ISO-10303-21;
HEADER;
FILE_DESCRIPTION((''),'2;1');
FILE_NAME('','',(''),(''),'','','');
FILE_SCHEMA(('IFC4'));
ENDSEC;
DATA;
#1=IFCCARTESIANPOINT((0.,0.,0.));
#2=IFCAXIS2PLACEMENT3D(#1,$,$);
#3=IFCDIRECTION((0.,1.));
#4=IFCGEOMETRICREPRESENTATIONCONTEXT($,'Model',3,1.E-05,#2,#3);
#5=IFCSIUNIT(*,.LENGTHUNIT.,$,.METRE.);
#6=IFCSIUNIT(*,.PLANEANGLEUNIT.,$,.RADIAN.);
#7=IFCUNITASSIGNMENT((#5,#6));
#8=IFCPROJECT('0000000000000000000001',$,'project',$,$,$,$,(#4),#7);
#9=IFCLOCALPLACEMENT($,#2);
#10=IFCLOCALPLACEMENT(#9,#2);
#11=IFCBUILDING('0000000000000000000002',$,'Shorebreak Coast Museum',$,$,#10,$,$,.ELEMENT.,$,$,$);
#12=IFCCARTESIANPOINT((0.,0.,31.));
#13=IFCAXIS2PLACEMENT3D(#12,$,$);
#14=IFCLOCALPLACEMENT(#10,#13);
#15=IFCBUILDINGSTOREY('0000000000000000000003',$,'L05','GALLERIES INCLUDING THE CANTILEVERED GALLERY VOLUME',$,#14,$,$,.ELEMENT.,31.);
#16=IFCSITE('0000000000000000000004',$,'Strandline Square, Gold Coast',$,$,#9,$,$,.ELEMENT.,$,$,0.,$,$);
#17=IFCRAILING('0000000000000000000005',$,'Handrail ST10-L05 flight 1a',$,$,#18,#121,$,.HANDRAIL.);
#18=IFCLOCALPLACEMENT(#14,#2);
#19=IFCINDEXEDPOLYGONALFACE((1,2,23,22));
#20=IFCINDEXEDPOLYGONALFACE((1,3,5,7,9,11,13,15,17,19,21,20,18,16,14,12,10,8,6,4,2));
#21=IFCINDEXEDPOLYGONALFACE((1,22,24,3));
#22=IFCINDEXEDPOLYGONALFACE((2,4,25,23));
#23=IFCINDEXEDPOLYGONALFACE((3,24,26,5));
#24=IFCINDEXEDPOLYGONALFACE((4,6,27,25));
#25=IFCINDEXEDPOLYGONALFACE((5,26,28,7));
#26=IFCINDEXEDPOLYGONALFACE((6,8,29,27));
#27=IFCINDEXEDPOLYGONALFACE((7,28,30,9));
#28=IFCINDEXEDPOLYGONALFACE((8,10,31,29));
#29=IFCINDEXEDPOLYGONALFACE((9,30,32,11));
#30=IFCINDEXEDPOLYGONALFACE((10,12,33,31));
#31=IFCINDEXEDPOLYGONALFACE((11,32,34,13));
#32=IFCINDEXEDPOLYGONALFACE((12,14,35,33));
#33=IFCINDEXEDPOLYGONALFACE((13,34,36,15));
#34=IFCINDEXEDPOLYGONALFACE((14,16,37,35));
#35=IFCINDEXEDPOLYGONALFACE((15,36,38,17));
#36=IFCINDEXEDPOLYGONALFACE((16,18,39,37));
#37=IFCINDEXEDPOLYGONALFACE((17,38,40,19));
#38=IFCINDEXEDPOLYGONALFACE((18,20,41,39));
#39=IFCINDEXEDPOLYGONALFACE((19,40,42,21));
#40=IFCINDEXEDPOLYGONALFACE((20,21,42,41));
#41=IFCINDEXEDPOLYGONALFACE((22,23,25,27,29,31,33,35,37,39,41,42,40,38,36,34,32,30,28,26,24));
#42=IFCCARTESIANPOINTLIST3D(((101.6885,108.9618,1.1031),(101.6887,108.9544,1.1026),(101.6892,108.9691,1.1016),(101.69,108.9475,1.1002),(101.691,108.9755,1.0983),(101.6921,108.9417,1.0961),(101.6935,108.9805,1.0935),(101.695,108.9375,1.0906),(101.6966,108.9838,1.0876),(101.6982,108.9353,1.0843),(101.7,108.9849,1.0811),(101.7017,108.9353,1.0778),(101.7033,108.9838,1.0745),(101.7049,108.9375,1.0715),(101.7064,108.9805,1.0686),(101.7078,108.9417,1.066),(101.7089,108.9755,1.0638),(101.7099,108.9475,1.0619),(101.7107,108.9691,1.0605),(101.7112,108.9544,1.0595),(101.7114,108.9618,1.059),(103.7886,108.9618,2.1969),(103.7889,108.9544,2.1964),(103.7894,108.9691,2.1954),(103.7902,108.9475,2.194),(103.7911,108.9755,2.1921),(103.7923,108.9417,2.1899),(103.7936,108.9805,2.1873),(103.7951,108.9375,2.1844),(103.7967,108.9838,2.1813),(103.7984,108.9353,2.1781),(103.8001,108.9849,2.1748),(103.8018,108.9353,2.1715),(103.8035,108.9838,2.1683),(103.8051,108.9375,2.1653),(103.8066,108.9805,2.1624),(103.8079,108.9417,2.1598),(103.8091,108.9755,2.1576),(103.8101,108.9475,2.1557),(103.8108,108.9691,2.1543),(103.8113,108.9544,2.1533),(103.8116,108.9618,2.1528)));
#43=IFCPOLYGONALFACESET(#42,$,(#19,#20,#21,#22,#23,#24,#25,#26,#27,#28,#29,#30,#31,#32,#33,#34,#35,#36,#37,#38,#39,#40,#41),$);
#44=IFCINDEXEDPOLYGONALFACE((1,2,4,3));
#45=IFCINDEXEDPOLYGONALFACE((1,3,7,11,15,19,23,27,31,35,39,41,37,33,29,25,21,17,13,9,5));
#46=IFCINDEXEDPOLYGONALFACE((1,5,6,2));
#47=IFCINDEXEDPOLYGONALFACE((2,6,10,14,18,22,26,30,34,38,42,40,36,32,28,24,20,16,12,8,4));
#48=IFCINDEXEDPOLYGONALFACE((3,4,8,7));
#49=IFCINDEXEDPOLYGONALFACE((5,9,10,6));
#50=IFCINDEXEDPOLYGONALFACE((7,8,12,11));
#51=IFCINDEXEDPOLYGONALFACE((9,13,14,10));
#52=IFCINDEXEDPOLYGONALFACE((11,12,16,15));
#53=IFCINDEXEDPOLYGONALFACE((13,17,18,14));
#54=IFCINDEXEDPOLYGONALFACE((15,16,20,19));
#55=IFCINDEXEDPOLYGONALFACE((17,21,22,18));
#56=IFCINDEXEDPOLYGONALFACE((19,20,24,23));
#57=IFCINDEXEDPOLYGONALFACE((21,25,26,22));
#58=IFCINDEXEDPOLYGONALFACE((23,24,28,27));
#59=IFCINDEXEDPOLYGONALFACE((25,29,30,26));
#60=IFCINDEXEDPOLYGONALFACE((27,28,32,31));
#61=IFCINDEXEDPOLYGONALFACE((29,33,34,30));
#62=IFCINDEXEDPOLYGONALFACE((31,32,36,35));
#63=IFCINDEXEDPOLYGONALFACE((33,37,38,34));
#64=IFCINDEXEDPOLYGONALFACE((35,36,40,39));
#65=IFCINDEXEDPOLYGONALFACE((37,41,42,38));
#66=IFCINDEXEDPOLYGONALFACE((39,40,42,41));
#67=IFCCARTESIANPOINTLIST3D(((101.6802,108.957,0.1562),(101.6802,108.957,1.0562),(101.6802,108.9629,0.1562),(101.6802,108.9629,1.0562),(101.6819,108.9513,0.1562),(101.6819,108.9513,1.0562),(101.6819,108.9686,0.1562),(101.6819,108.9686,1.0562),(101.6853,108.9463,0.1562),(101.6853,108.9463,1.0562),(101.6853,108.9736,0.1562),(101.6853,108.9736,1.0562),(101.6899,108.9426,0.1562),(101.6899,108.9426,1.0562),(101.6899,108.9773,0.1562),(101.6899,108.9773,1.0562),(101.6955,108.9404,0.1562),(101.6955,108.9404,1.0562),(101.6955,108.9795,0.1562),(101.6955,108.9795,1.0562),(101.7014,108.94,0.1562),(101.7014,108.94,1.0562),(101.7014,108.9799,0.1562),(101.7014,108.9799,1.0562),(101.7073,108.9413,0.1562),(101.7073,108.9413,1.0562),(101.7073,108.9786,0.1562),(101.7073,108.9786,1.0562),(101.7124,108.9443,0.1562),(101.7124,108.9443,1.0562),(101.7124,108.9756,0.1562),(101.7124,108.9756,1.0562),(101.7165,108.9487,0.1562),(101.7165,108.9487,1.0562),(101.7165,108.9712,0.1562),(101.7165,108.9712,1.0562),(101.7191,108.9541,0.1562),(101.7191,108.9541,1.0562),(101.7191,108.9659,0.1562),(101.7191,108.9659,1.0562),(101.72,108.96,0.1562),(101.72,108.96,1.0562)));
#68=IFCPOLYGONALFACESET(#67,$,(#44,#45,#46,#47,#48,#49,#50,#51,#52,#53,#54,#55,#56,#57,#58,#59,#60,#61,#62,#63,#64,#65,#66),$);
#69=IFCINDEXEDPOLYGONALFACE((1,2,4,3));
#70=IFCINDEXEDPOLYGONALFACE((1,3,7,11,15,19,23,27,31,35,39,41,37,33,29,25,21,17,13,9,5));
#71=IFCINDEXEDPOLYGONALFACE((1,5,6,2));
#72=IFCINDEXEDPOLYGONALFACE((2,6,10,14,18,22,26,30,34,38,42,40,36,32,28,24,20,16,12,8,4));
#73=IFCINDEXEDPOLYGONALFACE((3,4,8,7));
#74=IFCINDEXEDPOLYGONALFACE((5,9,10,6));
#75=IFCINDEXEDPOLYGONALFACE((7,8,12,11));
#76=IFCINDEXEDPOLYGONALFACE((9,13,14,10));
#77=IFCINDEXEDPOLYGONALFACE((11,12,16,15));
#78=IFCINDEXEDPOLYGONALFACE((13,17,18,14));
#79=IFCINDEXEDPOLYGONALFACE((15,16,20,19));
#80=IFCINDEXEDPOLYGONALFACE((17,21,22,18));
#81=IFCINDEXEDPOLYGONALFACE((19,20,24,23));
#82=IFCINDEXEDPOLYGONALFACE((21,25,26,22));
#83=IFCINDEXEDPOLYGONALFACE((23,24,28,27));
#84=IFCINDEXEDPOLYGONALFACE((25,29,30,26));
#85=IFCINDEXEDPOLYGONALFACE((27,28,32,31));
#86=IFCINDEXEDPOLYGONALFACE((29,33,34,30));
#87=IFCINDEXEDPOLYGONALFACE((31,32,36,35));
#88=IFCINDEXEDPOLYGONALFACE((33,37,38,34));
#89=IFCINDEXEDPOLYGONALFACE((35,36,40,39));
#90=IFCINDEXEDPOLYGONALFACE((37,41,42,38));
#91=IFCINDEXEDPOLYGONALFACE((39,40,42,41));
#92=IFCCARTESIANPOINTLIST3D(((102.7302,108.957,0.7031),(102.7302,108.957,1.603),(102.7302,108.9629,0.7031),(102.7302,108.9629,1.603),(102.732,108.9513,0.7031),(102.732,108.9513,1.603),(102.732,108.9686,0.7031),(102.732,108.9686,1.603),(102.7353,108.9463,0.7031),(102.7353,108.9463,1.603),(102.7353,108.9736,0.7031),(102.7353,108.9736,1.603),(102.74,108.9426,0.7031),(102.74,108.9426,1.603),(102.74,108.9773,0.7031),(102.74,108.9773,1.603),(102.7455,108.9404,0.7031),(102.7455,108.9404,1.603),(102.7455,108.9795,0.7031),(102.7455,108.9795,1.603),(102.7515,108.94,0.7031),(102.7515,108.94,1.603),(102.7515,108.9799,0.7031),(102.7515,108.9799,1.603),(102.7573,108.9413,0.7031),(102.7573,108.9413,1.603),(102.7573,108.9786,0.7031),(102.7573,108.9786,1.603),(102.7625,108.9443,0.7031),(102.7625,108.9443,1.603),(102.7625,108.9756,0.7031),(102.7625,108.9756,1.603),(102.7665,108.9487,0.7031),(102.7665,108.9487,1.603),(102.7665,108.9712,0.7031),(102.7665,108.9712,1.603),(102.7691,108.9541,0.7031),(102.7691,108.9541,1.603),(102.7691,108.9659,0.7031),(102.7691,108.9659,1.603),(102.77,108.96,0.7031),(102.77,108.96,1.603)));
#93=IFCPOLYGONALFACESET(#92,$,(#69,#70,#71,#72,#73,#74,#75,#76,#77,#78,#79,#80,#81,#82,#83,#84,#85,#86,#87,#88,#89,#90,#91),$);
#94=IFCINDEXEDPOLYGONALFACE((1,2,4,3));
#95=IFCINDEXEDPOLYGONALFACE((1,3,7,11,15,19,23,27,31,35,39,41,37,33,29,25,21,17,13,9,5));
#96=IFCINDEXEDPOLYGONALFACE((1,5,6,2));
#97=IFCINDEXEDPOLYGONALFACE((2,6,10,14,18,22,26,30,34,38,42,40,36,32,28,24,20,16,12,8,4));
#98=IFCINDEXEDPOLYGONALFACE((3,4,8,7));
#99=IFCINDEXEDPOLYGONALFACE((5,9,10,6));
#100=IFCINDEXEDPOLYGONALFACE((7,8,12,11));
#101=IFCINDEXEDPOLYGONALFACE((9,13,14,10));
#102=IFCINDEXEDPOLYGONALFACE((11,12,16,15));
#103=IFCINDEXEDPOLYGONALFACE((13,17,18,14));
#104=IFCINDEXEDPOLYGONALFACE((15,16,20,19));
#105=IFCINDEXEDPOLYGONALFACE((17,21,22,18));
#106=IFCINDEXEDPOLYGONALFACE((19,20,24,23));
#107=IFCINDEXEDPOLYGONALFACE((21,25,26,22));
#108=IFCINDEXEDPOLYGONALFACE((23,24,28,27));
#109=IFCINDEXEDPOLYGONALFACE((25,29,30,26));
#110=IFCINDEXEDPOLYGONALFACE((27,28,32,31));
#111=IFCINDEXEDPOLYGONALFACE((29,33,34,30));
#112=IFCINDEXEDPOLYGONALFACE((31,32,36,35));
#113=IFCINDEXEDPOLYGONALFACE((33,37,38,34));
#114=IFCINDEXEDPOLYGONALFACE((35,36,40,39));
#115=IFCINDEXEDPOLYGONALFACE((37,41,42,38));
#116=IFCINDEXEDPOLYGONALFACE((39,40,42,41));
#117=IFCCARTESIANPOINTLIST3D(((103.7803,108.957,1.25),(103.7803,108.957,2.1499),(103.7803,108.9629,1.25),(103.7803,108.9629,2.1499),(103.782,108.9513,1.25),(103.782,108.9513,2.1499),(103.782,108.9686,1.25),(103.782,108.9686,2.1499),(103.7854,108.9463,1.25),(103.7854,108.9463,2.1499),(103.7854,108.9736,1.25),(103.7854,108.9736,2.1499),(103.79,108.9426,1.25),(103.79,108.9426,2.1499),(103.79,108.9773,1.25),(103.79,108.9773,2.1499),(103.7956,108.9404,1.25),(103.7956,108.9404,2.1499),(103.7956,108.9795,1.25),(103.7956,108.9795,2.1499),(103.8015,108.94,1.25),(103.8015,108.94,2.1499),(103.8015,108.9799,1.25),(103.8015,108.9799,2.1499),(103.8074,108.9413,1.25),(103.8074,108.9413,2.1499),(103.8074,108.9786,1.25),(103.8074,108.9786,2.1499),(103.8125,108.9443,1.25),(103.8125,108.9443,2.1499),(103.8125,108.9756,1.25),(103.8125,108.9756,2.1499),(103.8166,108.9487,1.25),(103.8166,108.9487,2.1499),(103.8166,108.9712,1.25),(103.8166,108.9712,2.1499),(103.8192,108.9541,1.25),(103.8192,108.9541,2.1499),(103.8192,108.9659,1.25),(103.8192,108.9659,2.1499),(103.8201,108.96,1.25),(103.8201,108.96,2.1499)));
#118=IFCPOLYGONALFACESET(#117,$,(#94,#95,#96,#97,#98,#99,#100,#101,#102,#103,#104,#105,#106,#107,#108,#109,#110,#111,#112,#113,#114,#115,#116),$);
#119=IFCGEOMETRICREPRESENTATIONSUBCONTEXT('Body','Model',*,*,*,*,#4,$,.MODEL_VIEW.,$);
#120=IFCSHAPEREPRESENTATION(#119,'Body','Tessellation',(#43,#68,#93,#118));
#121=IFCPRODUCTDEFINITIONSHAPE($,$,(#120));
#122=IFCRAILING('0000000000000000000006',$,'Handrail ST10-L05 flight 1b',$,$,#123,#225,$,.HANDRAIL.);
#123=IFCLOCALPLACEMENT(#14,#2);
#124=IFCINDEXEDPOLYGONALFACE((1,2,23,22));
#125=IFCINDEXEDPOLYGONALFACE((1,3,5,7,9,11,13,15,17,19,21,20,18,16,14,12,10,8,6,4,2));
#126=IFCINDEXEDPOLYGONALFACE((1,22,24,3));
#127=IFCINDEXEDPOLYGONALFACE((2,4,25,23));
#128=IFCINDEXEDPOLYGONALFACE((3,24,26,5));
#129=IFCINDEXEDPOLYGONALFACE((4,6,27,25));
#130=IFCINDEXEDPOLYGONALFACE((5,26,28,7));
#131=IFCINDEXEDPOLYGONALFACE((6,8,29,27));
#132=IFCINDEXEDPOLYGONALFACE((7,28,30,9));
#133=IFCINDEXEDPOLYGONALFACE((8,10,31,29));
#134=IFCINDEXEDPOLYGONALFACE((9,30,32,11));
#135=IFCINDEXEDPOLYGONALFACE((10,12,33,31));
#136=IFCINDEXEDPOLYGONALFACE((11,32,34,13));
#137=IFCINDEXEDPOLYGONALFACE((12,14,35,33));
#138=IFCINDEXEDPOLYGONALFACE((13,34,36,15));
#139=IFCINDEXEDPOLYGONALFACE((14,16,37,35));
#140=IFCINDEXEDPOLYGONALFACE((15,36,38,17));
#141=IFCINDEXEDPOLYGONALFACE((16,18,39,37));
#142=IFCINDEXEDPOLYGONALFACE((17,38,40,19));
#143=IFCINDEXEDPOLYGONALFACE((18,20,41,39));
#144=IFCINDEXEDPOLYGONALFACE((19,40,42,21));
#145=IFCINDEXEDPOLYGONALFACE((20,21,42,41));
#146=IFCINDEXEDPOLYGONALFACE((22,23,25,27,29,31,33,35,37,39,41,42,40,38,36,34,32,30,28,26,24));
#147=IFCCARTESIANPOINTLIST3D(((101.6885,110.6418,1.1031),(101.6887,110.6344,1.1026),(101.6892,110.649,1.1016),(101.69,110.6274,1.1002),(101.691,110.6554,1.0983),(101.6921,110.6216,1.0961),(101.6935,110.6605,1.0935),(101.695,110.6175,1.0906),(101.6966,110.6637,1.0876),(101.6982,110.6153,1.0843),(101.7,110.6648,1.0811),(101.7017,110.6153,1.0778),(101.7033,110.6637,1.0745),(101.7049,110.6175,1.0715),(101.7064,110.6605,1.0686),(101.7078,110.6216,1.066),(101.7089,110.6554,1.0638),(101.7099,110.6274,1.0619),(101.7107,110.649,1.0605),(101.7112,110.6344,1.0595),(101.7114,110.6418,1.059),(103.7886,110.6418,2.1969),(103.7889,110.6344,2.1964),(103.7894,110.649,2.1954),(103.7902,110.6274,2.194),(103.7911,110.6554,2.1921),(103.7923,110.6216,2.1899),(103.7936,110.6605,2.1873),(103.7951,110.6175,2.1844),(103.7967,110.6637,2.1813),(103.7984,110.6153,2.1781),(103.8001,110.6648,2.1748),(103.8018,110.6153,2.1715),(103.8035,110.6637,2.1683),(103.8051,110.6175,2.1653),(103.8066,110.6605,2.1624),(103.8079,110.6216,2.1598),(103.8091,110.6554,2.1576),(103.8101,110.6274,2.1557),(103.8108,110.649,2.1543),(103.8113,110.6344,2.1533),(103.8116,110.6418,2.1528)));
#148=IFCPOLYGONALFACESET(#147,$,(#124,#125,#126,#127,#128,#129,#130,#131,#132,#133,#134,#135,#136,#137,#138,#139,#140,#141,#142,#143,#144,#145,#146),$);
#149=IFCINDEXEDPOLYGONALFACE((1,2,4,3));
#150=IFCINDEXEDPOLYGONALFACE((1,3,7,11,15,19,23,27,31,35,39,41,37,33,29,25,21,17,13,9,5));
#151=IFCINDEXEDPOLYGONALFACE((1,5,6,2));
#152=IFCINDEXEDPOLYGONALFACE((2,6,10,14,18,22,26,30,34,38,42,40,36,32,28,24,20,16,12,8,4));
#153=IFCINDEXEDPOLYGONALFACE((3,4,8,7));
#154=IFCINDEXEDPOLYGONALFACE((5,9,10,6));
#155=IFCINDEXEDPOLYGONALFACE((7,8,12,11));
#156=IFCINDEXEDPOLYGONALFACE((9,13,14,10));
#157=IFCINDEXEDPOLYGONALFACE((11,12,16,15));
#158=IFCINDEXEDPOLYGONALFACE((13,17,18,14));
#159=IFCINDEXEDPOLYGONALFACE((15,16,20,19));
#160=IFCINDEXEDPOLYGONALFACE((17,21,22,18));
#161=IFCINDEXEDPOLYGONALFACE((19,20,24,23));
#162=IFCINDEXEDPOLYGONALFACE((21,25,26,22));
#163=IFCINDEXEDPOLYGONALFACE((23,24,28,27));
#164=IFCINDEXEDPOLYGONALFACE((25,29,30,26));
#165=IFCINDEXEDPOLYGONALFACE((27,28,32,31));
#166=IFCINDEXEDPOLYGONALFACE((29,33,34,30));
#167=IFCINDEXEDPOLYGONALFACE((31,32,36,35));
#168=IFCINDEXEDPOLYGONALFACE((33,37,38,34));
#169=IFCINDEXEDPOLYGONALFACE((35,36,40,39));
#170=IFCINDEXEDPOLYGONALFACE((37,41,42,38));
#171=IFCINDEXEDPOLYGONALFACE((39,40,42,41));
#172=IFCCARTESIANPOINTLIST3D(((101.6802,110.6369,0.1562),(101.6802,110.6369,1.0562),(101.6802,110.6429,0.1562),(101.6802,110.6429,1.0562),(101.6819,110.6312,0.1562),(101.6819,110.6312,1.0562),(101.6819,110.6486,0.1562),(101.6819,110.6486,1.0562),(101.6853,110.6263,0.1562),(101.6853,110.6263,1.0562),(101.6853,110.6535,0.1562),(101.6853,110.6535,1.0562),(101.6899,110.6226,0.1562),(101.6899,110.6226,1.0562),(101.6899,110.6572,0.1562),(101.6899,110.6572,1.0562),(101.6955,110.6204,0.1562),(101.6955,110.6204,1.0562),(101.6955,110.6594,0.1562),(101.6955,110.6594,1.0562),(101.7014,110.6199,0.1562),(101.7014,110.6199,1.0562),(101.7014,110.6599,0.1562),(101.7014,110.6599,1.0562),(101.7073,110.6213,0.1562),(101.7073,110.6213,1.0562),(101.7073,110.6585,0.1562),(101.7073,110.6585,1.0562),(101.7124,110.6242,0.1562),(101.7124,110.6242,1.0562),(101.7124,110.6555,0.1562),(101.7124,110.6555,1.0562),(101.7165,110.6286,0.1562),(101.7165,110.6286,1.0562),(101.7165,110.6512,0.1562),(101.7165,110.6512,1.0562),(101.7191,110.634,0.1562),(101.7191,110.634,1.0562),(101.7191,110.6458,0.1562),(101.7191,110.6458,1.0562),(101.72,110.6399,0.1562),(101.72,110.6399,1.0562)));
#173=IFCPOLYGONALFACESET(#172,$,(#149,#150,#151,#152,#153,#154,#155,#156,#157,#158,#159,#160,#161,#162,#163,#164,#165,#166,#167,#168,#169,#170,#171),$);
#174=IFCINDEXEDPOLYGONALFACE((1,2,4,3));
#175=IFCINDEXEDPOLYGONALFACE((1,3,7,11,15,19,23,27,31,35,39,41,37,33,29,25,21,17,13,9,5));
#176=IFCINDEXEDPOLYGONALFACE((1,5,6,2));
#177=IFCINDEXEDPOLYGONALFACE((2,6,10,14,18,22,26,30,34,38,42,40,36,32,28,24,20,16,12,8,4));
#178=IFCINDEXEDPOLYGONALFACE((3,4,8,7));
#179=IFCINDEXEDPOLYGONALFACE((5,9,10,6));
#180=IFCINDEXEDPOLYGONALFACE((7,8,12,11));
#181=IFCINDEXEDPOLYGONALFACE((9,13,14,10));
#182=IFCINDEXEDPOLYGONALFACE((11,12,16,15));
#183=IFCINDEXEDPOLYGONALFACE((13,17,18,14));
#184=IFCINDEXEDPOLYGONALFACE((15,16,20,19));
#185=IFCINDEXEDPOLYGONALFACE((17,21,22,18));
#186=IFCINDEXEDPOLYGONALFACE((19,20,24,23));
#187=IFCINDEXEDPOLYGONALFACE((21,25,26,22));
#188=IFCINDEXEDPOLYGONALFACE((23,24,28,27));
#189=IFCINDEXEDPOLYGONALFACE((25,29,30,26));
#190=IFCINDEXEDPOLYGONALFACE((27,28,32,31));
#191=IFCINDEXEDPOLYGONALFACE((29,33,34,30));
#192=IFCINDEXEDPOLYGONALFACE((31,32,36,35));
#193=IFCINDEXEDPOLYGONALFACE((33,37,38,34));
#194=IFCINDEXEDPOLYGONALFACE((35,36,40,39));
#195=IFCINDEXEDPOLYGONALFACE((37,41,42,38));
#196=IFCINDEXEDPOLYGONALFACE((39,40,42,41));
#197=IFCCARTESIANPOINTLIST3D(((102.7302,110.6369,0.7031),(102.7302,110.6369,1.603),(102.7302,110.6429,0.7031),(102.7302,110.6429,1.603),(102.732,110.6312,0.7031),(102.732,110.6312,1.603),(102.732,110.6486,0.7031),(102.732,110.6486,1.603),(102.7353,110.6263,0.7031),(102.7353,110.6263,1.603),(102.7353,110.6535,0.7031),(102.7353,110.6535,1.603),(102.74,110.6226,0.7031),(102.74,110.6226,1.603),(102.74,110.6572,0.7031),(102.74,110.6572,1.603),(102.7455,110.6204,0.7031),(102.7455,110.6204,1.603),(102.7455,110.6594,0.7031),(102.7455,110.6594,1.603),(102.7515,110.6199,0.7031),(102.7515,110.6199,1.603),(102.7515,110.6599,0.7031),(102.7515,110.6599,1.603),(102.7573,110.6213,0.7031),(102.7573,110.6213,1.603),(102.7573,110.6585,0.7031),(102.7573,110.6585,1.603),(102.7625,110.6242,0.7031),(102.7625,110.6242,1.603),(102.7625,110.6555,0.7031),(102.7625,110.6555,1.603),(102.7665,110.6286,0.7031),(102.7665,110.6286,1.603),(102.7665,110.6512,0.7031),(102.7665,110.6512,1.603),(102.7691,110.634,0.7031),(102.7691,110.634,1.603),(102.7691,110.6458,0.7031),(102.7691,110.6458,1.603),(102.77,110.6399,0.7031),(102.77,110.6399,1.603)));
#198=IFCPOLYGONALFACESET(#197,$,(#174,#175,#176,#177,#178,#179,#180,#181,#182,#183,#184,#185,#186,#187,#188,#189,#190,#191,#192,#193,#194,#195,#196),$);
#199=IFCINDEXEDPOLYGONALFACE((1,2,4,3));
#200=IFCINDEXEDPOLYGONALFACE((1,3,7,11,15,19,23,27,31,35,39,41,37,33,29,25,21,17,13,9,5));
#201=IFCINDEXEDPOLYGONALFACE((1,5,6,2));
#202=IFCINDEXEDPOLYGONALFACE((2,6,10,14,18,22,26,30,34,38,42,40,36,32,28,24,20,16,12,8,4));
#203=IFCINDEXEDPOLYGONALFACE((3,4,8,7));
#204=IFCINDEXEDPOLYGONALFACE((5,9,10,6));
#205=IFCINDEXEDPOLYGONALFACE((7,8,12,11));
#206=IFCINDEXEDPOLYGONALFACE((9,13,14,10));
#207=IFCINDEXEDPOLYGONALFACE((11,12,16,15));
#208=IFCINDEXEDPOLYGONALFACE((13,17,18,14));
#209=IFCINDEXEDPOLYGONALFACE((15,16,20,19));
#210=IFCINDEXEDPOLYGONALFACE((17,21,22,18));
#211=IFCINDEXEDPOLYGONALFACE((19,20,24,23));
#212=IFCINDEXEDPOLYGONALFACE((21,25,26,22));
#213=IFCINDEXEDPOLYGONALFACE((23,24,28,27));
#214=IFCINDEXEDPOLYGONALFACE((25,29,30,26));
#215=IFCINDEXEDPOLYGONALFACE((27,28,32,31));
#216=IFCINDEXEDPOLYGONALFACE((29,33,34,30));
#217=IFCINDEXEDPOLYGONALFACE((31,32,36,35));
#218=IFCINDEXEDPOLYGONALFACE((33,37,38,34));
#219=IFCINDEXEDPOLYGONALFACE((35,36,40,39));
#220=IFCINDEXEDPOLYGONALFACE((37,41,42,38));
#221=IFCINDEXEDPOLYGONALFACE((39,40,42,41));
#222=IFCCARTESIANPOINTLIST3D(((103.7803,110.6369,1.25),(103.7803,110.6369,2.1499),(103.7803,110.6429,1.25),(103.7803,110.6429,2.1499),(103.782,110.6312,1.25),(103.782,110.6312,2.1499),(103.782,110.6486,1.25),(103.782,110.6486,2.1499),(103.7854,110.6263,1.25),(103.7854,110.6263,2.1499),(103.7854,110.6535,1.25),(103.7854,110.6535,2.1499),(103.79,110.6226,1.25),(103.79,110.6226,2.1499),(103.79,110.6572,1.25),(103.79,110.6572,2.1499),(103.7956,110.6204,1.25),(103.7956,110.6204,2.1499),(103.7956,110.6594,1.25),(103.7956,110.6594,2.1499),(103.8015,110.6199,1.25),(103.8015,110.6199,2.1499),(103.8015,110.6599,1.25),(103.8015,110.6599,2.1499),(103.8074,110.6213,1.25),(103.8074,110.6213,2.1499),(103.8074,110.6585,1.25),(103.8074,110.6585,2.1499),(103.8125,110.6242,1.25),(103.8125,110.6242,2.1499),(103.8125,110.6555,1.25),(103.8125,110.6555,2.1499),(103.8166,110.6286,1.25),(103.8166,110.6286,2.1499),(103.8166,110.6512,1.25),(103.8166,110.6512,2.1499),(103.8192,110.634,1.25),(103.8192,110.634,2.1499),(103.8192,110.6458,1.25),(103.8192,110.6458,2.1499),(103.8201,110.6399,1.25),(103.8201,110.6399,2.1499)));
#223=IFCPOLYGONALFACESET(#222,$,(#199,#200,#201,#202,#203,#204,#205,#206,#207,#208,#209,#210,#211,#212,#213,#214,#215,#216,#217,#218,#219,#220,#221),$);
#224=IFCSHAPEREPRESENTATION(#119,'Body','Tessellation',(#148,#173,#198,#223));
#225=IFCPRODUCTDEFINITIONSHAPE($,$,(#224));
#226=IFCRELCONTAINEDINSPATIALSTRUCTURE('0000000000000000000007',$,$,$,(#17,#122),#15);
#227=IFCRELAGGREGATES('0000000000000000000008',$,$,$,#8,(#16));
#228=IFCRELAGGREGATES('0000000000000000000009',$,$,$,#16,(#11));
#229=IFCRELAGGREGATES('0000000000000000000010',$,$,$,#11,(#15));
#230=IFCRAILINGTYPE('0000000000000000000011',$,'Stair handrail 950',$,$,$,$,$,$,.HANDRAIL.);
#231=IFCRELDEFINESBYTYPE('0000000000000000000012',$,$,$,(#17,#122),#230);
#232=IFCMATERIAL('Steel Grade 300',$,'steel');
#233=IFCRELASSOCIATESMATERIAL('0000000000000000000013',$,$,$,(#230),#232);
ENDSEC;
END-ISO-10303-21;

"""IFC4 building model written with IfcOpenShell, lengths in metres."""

from ifc_helpers import new_model, si_unit, direction, frame, origin, origin_2d, place, context, subcontext, project, spatial, circle, extrude, material, type_object, element, save


model = new_model("IFC4")

# Units and contexts
model_context = context("Model", 3, precision=1e-05, world=origin(), true_north=direction((0.0, 1.0)))
body_context = subcontext(model_context, "Body", "Model", "MODEL_VIEW")
ifc_project = project(units=[si_unit("LENGTHUNIT", "METRE"), si_unit("PLANEANGLEUNIT", "RADIAN")], contexts=[model_context])

# Site, building, storey
site_placement = place(None, origin())
site = spatial("IfcSite", under=ifc_project, at=site_placement, Name="Strandline Square, Gold Coast", CompositionType="ELEMENT", RefElevation=0.0)
building_placement = place(site_placement, origin())
building = spatial("IfcBuilding", under=site, at=building_placement, Name="Shorebreak Coast Museum", CompositionType="ELEMENT")
storey_placement = place(building_placement, frame((0.0, 0.0, 31.0)))
storey = spatial("IfcBuildingStorey", under=building, at=storey_placement, Name="L05", Description="GALLERIES INCLUDING THE CANTILEVERED GALLERY VOLUME", CompositionType="ELEMENT", Elevation=31.0)

# Railings
ifc_material_1 = material(Name="Steel Grade 300", Category="steel")
railing_type_1 = type_object("IfcRailingType", Name="Stair handrail 950", PredefinedType="HANDRAIL", material=ifc_material_1)
for number, where, name in (
    (1, (101.7, 108.96, 0.1562), "Handrail ST10-L05 flight 1a"),
    (2, (101.7, 110.6399, 0.1562), "Handrail ST10-L05 flight 1b"),
):
    element("IfcRailing", number, at=place(storey_placement, frame(where)), inside=storey, type_object=railing_type_1, Name=name, PredefinedType="HANDRAIL", context=body_context, shape_type="SweptSolid", body=[
        extrude(circle(Radius=0.0249, at=origin_2d()), frame((0.0, 0.0, 0.9248), z_axis=(0.886923, 0.0, 0.461918), x_axis=(0.0, 1.0, 0.0)), (0.0, 0.0, 1.0), 2.3679),
        extrude(circle(Radius=0.02, at=origin_2d()), origin(), (0.0, 0.0, 1.0), 0.8999),
        extrude(circle(Radius=0.02, at=origin_2d()), frame((1.05, 0.0, 0.5469)), (0.0, 0.0, 1.0), 0.8999),
        extrude(circle(Radius=0.02, at=origin_2d()), frame((2.1001, 0.0, 1.0938)), (0.0, 0.0, 1.0), 0.8999),
    ])

save(model, "model.ifc")
